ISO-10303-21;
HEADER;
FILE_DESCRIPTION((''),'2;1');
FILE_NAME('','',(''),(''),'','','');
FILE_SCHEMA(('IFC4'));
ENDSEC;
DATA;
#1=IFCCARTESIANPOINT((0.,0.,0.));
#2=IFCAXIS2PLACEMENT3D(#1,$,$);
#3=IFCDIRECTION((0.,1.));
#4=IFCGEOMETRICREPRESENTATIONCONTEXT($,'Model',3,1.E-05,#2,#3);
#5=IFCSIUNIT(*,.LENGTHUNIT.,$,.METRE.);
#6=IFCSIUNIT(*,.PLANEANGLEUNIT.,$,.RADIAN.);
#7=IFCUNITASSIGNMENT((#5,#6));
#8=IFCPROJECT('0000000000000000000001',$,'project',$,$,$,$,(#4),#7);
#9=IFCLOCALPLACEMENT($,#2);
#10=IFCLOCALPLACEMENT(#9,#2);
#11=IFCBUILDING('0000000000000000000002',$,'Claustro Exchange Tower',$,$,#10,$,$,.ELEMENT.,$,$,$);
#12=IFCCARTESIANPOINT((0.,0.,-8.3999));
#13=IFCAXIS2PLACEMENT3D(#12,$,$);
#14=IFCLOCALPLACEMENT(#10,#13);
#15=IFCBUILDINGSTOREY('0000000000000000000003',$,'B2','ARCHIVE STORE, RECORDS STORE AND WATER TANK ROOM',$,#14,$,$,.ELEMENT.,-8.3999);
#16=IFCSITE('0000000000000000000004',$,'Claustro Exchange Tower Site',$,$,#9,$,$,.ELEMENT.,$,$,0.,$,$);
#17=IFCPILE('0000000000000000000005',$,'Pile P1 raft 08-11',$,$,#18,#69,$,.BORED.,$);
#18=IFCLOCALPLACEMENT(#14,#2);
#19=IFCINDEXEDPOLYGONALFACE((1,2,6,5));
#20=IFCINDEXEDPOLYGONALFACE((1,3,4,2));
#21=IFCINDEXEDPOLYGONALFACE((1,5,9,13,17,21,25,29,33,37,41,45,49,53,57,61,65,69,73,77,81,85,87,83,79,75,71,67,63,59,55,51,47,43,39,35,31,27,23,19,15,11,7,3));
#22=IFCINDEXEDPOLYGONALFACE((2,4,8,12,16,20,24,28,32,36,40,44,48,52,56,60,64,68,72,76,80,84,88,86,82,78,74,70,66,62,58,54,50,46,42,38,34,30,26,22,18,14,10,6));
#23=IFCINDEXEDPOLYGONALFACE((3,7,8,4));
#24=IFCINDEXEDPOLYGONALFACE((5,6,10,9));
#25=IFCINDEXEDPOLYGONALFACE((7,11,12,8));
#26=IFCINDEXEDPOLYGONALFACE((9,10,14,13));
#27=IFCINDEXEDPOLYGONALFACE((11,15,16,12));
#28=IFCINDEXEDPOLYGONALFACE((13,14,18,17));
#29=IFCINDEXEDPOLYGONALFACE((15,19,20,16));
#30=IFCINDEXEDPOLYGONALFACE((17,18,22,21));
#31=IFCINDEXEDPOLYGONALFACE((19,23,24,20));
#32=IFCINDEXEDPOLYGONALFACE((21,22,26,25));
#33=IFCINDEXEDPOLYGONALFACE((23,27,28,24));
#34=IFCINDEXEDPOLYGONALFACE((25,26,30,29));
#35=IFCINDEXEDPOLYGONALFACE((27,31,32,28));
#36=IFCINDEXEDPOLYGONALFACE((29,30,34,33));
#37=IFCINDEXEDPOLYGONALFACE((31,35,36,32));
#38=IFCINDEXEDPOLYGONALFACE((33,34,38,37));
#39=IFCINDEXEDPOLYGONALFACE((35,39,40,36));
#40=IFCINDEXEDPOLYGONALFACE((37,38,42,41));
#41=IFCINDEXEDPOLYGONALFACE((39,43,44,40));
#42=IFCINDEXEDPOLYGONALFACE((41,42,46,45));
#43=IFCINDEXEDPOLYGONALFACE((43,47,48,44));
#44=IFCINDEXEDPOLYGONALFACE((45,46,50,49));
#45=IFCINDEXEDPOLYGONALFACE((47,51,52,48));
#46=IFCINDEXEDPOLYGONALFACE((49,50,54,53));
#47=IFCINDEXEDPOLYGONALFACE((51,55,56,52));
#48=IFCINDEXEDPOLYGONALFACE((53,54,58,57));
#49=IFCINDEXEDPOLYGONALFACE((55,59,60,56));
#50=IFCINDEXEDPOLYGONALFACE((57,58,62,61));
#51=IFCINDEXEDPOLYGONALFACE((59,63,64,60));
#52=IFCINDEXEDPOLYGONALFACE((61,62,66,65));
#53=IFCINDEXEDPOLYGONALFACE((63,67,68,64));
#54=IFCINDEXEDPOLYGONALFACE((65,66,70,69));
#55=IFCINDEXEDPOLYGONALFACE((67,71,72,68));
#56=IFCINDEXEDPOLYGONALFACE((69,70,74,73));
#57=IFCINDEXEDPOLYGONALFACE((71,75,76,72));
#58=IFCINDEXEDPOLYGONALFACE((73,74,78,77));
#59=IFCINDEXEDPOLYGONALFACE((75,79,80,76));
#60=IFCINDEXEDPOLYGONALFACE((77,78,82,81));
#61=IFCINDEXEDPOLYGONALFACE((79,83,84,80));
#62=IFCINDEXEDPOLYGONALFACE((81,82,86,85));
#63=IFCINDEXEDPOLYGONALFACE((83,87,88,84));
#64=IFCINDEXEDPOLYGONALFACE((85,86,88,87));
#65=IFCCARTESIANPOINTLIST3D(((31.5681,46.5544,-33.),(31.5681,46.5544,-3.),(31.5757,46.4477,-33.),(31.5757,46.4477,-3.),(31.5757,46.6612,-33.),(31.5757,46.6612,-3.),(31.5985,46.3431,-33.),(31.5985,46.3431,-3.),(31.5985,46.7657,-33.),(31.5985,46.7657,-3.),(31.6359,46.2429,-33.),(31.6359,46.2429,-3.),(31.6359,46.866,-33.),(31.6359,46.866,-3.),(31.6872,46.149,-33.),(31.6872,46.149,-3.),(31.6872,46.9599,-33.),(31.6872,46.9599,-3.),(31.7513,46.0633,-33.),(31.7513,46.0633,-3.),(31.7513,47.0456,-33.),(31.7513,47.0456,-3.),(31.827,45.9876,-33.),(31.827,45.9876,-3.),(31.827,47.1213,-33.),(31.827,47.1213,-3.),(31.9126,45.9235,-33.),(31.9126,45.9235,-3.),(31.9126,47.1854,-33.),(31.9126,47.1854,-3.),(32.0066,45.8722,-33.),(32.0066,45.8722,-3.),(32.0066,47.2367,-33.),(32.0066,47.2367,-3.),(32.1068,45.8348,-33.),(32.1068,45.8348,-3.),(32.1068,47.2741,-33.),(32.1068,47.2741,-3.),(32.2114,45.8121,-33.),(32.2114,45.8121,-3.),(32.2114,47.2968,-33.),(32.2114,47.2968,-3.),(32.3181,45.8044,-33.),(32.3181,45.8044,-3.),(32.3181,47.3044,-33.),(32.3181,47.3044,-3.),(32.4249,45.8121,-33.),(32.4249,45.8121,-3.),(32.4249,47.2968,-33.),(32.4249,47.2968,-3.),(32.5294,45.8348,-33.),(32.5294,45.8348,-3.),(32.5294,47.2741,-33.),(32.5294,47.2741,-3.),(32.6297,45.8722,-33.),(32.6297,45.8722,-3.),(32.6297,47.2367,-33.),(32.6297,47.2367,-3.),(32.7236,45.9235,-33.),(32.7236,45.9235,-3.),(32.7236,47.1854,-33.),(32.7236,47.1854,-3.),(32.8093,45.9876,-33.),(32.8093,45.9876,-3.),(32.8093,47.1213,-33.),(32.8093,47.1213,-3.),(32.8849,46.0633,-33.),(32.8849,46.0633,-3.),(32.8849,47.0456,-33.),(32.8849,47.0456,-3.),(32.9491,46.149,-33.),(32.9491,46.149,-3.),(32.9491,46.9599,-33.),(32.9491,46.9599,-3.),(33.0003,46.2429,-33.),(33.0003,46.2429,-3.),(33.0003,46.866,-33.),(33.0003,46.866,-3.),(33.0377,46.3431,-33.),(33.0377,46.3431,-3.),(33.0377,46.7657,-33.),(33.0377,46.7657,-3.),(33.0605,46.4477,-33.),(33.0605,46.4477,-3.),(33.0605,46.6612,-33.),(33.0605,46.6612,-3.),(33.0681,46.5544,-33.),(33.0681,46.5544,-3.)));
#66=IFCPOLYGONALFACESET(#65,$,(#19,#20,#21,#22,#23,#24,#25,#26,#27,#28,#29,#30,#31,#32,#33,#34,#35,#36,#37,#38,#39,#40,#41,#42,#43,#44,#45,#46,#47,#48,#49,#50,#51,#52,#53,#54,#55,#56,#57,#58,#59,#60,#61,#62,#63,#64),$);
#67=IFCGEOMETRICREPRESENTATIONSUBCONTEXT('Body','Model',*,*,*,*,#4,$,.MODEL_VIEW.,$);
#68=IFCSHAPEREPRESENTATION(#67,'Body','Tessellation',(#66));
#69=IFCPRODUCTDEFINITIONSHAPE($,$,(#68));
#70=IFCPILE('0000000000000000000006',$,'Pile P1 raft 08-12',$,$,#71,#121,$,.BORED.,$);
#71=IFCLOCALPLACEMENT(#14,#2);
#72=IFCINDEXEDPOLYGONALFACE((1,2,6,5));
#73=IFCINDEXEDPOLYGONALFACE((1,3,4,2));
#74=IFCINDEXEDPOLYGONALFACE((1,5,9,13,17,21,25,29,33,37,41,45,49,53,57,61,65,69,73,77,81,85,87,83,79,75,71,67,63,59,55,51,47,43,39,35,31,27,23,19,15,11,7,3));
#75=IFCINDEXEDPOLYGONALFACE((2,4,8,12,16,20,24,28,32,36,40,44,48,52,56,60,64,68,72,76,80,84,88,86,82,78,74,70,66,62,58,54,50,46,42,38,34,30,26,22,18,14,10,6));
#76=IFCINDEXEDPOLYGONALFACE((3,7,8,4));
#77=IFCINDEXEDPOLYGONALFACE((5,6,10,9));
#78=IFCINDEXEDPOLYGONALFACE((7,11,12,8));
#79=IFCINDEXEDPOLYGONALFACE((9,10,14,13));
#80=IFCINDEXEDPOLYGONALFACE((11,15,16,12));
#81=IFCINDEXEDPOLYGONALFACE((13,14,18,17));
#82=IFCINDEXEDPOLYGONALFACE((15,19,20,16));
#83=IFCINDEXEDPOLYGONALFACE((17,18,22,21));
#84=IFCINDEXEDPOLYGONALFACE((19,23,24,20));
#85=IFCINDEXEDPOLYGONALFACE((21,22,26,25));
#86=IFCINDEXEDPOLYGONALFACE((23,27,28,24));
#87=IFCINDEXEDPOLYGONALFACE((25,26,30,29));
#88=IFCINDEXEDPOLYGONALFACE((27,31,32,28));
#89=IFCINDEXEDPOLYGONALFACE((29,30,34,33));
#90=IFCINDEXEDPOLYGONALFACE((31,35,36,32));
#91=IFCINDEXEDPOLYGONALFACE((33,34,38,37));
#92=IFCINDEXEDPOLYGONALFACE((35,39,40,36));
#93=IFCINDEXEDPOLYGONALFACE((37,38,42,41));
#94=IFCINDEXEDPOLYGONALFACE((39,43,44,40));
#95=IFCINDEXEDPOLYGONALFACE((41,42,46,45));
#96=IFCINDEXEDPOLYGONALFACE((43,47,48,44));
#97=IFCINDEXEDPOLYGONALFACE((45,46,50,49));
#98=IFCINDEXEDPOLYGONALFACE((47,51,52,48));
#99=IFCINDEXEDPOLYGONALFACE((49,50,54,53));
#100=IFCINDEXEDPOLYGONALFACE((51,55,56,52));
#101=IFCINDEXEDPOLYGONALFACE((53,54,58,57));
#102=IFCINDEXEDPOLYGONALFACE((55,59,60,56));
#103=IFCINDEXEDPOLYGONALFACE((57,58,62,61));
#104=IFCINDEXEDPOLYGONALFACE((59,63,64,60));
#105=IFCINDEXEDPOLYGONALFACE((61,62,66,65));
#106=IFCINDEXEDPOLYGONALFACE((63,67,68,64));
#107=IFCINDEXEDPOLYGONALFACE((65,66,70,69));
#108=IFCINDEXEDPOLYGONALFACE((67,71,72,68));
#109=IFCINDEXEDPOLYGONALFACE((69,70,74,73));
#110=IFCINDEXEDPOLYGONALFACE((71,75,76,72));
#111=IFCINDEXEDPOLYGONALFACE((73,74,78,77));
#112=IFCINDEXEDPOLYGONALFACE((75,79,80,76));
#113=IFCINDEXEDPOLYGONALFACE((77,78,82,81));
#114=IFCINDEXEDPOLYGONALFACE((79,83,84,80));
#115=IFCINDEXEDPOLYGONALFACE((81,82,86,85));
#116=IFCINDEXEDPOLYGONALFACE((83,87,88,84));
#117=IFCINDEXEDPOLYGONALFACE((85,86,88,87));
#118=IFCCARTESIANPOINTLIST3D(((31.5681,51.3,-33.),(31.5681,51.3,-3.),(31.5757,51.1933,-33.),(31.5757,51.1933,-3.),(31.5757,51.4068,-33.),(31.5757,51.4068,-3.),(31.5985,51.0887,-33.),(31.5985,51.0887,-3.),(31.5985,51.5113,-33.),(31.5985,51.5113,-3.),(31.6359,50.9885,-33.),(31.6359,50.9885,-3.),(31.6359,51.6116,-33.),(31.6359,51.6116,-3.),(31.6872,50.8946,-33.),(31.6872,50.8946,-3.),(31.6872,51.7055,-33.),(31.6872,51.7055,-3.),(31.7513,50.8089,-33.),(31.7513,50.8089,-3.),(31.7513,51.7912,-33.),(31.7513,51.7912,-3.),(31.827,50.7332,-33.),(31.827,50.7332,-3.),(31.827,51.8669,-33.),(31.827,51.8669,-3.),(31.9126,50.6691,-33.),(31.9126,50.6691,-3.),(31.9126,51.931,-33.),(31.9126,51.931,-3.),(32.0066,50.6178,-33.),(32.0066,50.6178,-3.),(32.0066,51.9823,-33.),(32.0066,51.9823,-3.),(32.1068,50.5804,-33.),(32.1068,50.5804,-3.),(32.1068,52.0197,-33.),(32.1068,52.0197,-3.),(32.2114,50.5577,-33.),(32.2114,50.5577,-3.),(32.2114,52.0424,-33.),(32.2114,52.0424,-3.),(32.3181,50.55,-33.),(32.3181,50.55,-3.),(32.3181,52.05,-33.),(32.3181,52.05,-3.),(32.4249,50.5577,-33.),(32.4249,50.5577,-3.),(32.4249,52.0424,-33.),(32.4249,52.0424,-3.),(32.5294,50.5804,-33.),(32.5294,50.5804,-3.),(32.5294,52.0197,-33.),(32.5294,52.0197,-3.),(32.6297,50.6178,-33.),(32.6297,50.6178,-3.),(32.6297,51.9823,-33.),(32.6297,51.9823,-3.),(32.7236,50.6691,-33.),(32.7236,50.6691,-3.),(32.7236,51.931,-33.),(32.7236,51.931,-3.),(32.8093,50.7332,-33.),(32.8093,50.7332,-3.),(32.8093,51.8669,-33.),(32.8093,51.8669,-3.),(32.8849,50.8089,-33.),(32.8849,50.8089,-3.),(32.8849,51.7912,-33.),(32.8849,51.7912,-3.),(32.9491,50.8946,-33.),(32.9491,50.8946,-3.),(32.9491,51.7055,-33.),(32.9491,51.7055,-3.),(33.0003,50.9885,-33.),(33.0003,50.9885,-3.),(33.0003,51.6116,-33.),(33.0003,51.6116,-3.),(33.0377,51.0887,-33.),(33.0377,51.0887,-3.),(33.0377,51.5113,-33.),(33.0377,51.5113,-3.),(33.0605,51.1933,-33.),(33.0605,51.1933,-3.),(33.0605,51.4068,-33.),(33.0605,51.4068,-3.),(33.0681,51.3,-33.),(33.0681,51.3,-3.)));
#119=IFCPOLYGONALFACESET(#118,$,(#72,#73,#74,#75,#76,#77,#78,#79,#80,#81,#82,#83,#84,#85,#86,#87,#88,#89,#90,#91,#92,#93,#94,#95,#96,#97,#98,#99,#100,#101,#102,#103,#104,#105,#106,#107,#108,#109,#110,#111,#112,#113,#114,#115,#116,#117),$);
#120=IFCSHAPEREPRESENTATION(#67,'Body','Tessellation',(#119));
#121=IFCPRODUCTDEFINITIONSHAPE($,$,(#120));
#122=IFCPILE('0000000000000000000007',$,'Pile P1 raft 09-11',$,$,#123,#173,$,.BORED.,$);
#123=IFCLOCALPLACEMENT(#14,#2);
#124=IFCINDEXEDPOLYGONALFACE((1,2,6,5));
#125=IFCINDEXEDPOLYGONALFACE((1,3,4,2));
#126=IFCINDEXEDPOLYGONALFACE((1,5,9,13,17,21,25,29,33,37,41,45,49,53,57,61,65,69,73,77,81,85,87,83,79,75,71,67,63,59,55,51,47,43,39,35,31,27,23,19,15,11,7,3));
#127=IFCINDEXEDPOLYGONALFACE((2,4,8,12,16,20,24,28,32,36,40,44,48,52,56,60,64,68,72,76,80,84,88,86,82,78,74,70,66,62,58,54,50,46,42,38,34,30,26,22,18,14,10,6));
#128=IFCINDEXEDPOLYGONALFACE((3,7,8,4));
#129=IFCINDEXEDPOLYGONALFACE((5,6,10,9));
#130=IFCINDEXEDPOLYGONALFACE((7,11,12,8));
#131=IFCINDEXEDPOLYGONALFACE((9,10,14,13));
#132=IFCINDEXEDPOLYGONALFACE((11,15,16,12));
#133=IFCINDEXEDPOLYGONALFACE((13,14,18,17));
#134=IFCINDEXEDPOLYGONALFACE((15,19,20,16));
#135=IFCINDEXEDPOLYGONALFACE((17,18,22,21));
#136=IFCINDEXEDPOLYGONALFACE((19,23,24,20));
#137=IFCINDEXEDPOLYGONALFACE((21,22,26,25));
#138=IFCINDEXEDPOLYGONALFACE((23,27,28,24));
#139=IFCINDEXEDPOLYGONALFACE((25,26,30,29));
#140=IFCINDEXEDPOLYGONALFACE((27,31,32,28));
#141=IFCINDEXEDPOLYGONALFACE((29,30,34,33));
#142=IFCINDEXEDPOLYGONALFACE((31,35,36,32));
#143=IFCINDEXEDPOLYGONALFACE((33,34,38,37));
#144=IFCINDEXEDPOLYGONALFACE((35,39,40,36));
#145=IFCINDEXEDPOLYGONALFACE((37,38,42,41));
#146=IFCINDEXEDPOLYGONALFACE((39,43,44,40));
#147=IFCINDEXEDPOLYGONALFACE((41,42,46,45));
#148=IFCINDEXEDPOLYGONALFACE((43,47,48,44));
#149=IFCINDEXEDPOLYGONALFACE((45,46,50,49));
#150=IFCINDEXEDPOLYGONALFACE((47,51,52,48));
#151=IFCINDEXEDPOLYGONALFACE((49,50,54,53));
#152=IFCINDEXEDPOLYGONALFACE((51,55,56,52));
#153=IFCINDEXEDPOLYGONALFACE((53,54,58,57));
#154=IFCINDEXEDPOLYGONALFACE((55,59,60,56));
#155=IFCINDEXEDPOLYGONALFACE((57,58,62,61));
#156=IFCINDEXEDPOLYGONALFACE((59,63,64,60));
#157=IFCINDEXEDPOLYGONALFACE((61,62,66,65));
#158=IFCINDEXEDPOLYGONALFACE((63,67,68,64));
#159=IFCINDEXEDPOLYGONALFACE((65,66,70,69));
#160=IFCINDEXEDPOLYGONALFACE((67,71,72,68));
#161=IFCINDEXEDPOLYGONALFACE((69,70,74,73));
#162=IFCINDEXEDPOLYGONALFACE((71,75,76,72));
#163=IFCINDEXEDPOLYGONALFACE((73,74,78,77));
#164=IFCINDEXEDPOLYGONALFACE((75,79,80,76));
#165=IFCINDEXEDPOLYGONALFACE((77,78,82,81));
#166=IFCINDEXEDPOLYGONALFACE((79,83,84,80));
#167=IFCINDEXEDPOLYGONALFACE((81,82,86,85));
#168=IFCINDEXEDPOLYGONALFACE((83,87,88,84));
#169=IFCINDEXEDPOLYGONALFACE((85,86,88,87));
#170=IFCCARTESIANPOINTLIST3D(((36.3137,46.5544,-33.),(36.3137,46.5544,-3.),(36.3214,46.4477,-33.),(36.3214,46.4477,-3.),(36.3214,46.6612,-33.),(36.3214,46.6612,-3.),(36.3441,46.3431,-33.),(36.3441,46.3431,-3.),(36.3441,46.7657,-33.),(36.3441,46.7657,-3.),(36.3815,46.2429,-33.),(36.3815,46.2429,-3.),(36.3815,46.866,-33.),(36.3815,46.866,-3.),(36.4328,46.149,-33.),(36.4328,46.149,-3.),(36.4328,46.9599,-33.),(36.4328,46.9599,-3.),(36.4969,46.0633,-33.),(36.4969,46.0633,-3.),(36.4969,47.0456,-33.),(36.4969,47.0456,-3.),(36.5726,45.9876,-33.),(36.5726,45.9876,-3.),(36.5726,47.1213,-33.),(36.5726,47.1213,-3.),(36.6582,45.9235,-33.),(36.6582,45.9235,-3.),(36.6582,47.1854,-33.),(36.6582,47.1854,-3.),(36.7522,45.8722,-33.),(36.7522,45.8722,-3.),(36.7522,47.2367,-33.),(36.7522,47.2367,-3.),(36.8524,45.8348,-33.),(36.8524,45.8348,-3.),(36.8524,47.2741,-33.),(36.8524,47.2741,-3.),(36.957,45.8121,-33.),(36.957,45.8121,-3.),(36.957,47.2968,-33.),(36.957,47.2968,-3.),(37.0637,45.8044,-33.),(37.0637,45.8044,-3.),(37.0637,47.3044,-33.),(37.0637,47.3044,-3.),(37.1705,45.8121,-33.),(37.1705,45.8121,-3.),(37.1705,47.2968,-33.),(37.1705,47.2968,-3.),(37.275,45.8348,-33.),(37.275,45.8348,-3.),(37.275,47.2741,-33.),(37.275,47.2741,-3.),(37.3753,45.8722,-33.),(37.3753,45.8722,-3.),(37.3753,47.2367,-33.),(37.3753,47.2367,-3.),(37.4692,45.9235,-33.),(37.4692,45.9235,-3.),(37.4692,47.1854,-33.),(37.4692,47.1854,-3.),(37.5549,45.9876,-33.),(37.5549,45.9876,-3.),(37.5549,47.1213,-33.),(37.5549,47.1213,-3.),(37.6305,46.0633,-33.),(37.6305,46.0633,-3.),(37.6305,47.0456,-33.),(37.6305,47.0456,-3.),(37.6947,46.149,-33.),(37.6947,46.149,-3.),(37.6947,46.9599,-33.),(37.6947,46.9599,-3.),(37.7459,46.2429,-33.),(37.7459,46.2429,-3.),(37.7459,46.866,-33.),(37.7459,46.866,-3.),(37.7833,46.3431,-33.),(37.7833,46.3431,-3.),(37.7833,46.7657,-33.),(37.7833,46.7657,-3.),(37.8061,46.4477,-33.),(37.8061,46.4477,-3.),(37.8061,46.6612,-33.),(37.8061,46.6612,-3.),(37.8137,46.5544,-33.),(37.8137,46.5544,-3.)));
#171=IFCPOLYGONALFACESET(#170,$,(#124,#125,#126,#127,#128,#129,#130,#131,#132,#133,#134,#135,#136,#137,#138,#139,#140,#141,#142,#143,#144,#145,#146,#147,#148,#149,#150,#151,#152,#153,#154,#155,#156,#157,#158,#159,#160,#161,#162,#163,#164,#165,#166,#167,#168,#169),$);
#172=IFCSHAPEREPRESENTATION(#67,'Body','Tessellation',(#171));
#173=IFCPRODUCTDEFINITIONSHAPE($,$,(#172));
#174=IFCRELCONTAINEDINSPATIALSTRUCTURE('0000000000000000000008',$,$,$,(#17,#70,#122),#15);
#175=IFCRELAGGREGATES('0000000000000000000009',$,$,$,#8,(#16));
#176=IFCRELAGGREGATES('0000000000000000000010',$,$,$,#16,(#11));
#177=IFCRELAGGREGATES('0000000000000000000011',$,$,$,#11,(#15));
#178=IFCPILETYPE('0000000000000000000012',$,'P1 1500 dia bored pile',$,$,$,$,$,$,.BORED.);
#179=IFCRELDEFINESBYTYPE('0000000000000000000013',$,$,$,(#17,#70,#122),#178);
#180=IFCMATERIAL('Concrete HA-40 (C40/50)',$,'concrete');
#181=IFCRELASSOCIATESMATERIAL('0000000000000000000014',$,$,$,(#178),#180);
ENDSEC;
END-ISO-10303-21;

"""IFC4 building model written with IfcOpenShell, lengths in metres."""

from ifc_helpers import new_model, si_unit, direction, frame, origin, origin_2d, place, context, subcontext, project, spatial, circle, extrude, material, type_object, element, save


model = new_model("IFC4")

# Units and contexts
model_context = context("Model", 3, precision=1e-05, world=origin(), true_north=direction((0.0, 1.0)))
body_context = subcontext(model_context, "Body", "Model", "MODEL_VIEW")
ifc_project = project(units=[si_unit("LENGTHUNIT", "METRE"), si_unit("PLANEANGLEUNIT", "RADIAN")], contexts=[model_context])

# Site, building, storey
site_placement = place(None, origin())
site = spatial("IfcSite", under=ifc_project, at=site_placement, Name="Claustro Exchange Tower Site", CompositionType="ELEMENT", RefElevation=0.0)
building_placement = place(site_placement, origin())
building = spatial("IfcBuilding", under=site, at=building_placement, Name="Claustro Exchange Tower", CompositionType="ELEMENT")
storey_placement = place(building_placement, frame((0.0, 0.0, -8.3999)))
storey = spatial("IfcBuildingStorey", under=building, at=storey_placement, Name="B2", Description="ARCHIVE STORE, RECORDS STORE AND WATER TANK ROOM", CompositionType="ELEMENT", Elevation=-8.3999)

# Piles
ifc_material_1 = material(Name="Concrete HA-40 (C40/50)", Category="concrete")
pile_type_1 = type_object("IfcPileType", Name="P1 1500 dia bored pile", PredefinedType="BORED", material=ifc_material_1)
for number, where, z_axis, x_axis, name in (
    (1, (32.3181, 46.5544, -3.0), (0.0, 0.0, -1.0), (1.0, 0.0, 0.0), "Pile P1 raft 08-11"),
    (2, (32.3181, 51.3, -3.0), (0.0, 0.0, -1.0), (1.0, 0.0, 0.0), "Pile P1 raft 08-12"),
    (3, (37.0637, 46.5544, -3.0), (0.0, 0.0, -1.0), (1.0, 0.0, 0.0), "Pile P1 raft 09-11"),
):
    element("IfcPile", number, at=place(storey_placement, frame(where, z_axis=z_axis, x_axis=x_axis)), inside=storey, type_object=pile_type_1, Name=name, PredefinedType="BORED", context=body_context, shape_type="SweptSolid", body=[
        extrude(circle(Radius=0.75, at=origin_2d()), origin(), (0.0, 0.0, 1.0), 30.0),
    ])

save(model, "model.ifc")
